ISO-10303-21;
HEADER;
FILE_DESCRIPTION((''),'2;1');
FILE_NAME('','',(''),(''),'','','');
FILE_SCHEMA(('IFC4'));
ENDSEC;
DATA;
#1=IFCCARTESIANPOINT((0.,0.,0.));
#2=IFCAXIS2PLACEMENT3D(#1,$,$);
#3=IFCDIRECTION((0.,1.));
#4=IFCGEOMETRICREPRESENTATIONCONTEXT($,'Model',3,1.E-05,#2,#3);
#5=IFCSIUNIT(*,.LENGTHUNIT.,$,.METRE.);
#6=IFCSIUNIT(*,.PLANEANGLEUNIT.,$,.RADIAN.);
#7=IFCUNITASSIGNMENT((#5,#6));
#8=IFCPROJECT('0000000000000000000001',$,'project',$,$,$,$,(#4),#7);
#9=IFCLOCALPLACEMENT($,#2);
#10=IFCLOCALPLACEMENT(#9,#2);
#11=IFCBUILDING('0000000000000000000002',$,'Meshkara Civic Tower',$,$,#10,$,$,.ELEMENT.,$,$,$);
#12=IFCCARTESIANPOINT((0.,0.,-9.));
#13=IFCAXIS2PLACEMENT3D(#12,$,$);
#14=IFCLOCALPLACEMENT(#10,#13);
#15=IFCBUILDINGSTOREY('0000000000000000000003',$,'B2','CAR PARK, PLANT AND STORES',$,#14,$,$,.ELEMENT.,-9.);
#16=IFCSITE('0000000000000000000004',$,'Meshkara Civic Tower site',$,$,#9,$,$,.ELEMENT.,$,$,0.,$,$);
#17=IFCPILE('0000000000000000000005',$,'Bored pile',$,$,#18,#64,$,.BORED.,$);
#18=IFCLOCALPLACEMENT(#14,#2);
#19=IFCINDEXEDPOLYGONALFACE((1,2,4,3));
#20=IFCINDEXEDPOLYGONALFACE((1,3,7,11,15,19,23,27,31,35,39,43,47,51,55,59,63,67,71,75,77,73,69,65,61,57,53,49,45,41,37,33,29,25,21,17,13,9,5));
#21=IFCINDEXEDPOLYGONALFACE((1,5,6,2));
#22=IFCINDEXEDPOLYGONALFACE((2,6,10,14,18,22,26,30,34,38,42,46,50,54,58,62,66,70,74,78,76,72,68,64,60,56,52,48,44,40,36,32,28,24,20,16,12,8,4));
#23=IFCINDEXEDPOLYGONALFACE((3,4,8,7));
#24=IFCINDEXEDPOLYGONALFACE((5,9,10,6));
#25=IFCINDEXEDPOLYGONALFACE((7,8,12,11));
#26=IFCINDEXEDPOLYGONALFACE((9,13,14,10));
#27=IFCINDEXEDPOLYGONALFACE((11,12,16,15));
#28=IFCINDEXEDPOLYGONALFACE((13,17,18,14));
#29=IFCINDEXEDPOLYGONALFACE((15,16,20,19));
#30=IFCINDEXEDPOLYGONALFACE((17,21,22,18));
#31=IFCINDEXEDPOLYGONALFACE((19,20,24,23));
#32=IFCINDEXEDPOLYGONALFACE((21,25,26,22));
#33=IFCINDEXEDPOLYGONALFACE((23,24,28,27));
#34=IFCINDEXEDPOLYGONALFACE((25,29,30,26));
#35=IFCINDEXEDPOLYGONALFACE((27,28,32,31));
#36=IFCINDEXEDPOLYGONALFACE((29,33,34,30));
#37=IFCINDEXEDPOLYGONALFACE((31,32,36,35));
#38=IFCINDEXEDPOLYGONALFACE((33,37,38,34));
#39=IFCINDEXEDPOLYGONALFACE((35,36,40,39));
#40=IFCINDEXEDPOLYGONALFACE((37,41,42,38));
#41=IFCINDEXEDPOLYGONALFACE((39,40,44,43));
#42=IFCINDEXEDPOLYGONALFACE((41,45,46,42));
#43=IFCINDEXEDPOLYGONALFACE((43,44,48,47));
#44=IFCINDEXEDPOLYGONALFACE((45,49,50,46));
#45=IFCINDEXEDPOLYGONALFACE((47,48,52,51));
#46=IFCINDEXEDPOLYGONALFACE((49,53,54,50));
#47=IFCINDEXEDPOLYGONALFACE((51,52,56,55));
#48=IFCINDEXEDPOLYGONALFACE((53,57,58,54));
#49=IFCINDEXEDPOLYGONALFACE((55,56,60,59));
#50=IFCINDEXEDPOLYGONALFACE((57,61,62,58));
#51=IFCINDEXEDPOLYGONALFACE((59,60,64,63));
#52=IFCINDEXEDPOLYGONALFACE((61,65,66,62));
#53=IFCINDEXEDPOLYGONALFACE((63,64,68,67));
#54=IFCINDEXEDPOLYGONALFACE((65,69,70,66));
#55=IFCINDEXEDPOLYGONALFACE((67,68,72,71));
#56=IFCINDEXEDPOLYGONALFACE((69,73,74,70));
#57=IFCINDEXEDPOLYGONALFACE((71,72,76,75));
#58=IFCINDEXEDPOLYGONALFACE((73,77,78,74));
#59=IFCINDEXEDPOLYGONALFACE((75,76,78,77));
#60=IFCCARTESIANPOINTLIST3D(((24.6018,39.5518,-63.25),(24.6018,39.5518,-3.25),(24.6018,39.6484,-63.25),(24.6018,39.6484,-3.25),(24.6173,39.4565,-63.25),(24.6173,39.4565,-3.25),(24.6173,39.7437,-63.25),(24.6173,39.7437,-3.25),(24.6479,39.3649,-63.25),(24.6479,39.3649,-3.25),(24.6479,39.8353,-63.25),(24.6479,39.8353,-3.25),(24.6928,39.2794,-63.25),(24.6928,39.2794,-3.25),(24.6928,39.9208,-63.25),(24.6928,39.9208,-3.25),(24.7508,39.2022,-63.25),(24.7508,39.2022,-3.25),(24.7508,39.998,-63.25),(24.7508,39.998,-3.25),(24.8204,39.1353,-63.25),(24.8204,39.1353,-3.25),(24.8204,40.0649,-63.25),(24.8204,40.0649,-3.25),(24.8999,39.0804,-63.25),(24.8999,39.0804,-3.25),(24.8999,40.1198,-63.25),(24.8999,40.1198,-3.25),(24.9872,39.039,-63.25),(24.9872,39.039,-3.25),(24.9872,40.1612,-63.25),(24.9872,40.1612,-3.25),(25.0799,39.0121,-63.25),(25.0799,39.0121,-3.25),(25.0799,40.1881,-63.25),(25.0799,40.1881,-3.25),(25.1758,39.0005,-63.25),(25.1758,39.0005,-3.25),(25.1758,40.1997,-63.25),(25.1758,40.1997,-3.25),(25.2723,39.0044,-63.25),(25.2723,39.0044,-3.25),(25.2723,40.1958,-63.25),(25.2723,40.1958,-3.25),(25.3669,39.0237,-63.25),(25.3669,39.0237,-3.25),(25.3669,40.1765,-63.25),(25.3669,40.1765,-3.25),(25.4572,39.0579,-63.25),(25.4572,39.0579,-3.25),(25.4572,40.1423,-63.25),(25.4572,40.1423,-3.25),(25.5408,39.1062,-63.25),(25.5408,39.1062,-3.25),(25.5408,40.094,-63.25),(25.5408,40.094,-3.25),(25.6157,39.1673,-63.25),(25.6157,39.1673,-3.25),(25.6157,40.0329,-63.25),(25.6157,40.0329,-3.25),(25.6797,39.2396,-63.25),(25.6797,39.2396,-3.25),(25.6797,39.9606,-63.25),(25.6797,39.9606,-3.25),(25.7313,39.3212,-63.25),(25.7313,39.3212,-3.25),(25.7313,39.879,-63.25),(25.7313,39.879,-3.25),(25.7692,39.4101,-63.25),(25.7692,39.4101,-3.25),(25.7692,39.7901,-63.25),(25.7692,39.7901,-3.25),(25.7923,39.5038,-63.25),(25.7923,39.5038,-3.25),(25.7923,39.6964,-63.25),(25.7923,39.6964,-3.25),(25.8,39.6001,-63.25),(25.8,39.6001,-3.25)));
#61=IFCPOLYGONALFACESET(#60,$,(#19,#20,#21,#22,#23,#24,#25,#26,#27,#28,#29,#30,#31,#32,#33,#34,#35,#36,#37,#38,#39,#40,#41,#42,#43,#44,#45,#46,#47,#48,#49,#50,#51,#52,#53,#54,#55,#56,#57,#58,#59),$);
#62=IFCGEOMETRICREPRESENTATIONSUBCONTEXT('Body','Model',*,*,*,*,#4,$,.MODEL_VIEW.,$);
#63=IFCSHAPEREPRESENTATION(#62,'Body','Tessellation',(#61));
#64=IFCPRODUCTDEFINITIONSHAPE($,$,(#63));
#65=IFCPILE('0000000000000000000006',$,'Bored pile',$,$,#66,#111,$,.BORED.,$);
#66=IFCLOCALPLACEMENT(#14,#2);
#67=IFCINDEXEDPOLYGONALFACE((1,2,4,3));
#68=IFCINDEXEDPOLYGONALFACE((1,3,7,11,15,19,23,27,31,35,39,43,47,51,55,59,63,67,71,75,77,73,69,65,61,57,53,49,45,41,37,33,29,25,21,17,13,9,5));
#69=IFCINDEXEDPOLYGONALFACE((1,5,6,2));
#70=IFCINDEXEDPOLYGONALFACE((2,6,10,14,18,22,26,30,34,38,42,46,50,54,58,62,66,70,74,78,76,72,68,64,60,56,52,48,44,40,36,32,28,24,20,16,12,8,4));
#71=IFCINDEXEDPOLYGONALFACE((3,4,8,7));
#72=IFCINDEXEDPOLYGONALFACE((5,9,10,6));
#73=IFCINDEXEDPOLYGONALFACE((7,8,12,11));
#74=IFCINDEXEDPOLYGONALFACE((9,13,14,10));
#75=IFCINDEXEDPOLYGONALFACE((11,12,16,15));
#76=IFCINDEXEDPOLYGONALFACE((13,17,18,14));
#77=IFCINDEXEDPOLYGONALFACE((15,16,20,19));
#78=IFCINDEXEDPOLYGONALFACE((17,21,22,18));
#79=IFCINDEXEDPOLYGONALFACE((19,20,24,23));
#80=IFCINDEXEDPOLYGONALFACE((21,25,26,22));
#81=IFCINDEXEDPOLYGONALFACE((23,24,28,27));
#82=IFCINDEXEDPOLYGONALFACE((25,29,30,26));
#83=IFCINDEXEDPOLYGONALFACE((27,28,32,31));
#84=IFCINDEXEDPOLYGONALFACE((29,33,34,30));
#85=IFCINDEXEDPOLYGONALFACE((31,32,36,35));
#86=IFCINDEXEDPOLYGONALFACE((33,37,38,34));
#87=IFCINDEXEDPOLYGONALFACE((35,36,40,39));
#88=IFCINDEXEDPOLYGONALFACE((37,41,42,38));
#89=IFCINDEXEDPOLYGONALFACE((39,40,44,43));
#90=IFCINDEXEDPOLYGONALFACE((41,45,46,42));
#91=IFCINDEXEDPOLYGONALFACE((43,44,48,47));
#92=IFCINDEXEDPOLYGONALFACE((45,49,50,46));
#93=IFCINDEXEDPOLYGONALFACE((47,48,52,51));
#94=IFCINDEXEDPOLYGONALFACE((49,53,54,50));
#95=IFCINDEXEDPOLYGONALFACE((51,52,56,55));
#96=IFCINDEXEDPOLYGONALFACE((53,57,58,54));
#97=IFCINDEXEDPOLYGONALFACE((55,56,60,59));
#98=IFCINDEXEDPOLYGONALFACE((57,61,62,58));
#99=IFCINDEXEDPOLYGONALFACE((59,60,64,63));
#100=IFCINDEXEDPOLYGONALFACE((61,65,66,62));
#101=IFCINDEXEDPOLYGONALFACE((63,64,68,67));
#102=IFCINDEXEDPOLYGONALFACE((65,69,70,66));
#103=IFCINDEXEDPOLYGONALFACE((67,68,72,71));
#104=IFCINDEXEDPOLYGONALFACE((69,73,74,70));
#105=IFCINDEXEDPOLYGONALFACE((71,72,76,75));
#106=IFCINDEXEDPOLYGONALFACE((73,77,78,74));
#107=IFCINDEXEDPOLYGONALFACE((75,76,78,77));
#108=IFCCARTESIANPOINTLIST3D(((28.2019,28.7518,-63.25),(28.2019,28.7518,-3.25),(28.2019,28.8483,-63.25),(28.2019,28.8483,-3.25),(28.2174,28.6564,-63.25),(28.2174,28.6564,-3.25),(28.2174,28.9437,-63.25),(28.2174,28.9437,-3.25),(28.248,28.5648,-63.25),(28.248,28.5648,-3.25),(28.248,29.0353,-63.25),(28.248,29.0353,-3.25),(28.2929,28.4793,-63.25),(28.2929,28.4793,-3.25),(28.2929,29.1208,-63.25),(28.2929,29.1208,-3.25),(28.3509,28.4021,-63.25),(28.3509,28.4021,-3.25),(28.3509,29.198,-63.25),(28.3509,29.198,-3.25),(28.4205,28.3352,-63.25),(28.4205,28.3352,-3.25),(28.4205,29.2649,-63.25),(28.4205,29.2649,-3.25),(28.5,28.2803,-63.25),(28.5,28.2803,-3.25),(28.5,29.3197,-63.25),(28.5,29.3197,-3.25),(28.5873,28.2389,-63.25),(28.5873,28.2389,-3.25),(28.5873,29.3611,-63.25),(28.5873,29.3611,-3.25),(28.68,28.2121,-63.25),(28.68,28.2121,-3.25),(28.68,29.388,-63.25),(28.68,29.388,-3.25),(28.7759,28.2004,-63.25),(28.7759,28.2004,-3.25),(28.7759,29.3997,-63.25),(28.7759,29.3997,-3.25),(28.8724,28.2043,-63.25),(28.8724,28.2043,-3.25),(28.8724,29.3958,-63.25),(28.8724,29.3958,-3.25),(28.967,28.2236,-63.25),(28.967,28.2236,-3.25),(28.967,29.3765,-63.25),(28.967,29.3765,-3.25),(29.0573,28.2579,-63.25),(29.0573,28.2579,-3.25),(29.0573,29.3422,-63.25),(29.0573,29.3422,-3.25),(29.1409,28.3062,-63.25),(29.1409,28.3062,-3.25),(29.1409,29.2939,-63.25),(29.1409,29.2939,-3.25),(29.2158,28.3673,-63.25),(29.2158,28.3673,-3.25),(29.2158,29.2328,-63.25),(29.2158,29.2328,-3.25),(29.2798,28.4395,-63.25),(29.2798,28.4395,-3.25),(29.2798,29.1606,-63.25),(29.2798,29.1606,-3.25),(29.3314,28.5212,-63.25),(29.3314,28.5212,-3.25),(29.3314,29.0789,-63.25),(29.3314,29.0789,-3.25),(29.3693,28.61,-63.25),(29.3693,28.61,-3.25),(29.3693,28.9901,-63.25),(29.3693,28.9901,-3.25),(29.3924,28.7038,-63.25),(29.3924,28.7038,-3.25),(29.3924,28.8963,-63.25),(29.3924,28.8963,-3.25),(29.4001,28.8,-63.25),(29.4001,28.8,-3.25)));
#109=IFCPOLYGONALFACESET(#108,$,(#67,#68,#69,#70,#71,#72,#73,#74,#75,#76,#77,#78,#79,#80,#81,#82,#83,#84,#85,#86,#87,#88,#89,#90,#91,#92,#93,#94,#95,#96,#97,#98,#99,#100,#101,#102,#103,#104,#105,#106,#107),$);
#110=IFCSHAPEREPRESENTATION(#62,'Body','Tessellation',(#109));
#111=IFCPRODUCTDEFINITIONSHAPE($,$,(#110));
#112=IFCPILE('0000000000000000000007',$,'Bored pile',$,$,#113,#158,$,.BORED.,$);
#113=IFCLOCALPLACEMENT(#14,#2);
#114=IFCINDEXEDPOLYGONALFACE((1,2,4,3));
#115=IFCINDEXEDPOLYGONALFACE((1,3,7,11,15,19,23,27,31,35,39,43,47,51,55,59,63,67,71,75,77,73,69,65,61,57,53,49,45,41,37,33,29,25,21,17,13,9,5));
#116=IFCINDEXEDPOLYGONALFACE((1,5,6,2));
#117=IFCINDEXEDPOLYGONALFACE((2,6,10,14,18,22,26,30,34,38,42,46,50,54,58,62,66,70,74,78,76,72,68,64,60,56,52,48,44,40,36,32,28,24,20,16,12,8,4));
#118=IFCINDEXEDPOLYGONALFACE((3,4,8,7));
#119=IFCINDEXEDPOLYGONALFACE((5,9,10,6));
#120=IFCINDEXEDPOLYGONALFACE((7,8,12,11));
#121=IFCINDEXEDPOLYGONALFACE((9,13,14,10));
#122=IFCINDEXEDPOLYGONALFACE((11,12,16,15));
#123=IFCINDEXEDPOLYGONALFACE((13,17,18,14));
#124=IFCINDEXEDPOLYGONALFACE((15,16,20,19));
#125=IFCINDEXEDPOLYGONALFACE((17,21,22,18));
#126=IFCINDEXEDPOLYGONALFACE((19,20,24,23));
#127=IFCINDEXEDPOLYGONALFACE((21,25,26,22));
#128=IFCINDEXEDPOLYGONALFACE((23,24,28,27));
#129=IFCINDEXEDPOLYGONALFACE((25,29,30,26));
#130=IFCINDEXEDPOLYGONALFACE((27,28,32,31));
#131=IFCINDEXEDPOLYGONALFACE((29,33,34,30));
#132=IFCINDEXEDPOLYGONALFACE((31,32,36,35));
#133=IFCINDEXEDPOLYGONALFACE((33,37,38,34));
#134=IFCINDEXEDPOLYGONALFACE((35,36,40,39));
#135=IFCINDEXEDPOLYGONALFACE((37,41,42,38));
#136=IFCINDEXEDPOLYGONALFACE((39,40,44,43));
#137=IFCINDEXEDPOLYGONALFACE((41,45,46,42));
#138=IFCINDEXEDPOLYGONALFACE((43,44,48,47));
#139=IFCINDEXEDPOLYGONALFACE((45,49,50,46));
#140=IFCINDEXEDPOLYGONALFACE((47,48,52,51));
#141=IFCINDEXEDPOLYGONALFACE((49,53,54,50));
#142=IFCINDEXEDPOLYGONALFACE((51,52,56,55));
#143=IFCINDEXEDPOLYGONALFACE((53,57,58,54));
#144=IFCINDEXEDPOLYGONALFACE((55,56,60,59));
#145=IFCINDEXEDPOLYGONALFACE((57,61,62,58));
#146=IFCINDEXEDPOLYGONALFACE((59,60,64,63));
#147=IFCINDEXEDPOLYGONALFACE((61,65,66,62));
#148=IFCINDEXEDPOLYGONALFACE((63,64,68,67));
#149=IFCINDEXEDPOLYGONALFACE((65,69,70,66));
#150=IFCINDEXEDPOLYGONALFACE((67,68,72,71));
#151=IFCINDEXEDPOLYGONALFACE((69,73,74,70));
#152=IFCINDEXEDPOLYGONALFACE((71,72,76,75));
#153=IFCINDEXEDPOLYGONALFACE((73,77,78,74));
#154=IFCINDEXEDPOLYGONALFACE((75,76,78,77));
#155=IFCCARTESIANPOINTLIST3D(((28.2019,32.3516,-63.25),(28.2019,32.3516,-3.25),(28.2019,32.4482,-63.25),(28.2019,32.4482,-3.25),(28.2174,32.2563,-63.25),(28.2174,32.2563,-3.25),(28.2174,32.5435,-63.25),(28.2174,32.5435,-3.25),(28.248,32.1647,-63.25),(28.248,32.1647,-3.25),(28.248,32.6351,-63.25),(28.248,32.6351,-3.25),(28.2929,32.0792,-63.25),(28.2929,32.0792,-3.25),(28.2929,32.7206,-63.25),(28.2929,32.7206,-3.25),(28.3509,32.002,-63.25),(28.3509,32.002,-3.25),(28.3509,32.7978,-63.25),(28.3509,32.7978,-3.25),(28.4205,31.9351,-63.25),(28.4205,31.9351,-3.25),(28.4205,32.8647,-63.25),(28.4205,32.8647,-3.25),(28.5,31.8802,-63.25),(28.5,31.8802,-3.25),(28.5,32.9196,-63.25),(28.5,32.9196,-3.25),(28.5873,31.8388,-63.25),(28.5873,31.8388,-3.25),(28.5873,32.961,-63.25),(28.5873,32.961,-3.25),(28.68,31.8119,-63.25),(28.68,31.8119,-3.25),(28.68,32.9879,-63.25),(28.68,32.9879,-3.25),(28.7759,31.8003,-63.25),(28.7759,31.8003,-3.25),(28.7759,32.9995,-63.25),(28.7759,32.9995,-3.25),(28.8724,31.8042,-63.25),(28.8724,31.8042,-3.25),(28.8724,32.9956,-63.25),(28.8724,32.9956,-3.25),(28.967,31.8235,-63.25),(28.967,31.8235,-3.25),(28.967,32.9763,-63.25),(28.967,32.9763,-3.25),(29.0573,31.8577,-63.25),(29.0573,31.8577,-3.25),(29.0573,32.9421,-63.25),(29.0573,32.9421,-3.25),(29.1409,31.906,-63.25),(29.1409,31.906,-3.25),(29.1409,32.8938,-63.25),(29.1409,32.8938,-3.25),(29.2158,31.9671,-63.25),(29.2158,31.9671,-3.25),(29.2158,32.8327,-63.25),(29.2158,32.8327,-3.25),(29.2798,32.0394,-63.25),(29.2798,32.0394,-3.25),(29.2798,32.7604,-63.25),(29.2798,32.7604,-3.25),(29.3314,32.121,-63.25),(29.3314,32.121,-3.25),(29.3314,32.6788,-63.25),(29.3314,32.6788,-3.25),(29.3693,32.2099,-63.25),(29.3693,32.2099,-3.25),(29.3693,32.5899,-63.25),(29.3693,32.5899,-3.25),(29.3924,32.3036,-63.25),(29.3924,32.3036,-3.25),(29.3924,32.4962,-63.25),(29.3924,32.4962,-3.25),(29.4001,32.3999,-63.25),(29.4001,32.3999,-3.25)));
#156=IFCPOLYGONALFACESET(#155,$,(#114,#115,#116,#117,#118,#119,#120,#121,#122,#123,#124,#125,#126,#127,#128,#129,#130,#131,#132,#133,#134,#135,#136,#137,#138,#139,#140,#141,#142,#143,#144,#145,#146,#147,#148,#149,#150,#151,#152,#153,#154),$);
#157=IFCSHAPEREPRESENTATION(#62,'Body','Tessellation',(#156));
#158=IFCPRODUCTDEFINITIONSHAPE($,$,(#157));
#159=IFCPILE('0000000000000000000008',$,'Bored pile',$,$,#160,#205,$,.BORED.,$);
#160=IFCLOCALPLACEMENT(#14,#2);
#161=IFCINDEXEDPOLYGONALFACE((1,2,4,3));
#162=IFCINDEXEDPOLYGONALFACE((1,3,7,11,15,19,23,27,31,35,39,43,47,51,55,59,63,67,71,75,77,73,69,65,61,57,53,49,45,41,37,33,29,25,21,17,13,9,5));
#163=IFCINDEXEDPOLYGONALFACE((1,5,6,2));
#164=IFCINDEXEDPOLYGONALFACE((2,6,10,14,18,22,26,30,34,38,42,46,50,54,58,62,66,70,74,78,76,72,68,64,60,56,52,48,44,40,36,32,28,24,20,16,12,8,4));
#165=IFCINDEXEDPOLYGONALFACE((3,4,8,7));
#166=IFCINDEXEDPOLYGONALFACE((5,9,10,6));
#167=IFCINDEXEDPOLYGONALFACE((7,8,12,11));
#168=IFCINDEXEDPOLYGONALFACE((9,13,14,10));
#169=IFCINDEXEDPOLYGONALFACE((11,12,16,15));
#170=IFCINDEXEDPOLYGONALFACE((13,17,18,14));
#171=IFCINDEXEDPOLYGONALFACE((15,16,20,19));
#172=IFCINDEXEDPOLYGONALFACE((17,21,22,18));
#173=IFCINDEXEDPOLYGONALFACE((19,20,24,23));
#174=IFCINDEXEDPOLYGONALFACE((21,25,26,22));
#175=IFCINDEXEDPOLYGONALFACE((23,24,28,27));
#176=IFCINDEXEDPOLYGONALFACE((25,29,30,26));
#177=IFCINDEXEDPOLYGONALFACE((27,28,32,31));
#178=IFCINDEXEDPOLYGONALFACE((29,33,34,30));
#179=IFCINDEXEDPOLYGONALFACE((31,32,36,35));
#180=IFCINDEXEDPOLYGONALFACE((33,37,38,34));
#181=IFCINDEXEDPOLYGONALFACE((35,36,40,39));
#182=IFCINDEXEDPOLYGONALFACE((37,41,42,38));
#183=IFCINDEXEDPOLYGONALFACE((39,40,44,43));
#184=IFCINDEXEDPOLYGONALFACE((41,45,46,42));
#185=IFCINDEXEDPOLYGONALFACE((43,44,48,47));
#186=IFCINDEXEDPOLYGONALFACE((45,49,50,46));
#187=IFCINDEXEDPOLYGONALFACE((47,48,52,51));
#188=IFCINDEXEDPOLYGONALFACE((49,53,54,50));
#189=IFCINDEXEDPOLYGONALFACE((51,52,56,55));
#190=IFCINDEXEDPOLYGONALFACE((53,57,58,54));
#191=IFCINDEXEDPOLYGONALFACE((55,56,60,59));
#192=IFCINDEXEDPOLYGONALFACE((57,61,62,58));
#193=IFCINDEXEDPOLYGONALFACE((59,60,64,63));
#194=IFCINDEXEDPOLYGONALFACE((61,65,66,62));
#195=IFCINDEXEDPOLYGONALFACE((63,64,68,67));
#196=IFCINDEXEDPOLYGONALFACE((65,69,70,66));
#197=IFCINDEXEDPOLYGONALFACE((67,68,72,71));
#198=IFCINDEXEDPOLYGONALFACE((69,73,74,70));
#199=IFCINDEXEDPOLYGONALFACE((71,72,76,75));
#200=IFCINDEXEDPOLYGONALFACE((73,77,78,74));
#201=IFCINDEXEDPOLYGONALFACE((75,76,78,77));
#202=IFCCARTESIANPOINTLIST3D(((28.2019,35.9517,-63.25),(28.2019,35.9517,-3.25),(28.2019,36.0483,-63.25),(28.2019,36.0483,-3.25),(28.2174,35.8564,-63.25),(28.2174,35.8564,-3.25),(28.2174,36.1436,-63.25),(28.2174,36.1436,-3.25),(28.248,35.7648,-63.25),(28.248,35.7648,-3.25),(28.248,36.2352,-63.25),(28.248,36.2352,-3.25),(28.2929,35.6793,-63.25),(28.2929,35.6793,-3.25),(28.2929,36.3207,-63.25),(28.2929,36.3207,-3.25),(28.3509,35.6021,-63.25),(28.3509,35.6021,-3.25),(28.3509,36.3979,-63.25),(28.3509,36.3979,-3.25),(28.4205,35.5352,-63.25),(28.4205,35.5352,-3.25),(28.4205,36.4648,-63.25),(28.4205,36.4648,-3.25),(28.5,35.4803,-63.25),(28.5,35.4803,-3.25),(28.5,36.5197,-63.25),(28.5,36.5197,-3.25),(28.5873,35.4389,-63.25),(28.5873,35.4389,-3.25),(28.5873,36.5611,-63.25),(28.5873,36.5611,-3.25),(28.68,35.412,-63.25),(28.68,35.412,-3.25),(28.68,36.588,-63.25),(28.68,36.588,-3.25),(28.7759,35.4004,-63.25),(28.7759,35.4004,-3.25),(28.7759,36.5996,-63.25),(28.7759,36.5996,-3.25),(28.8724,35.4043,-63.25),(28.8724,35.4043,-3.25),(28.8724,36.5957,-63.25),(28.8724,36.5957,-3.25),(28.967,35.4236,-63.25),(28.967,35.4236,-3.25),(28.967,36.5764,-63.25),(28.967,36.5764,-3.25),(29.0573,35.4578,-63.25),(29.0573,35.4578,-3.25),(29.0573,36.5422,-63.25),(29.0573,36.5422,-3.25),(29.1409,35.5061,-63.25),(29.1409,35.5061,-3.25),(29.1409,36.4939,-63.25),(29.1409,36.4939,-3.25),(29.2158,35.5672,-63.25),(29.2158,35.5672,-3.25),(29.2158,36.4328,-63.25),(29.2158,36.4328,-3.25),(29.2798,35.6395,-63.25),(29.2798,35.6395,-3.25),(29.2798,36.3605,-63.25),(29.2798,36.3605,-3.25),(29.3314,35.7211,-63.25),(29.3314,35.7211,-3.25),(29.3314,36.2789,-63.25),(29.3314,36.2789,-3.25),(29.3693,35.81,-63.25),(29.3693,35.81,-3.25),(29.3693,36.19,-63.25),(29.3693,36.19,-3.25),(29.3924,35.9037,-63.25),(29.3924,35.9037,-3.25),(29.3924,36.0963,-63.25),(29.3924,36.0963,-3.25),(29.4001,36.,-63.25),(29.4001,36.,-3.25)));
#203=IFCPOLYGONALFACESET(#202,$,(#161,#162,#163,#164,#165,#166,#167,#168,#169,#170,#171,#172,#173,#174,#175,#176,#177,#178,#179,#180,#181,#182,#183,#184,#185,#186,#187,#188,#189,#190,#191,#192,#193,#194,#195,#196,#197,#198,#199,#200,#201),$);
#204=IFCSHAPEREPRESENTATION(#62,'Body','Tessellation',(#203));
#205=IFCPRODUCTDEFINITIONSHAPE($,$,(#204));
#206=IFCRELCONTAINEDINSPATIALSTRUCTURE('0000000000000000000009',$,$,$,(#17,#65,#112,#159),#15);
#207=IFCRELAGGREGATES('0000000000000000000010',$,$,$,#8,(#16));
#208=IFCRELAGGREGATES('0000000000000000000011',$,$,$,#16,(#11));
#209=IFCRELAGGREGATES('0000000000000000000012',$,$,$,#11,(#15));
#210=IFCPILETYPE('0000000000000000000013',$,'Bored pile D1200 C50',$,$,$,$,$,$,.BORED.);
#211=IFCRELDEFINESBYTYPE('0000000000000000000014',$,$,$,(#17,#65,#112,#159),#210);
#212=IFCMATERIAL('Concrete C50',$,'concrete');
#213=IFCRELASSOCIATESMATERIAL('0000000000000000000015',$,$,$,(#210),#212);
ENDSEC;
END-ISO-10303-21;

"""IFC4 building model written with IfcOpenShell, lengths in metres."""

from ifc_helpers import new_model, si_unit, direction, frame, origin, origin_2d, place, context, subcontext, project, spatial, circle, extrude, material, material_profile, profile_set, type_object, element, save


model = new_model("IFC4")

# Units and contexts
model_context = context("Model", 3, precision=1e-05, world=origin(), true_north=direction((0.0, 1.0)))
body_context = subcontext(model_context, "Body", "Model", "MODEL_VIEW")
ifc_project = project(units=[si_unit("LENGTHUNIT", "METRE"), si_unit("PLANEANGLEUNIT", "RADIAN")], contexts=[model_context])

# Site, building, storey
site_placement = place(None, origin())
site = spatial("IfcSite", under=ifc_project, at=site_placement, Name="Meshkara Civic Tower site", CompositionType="ELEMENT", RefElevation=0.0)
building_placement = place(site_placement, origin())
building = spatial("IfcBuilding", under=site, at=building_placement, Name="Meshkara Civic Tower", CompositionType="ELEMENT")
storey_placement = place(building_placement, frame((0.0, 0.0, -9.0)))
storey = spatial("IfcBuildingStorey", under=building, at=storey_placement, Name="B2", Description="CAR PARK, PLANT AND STORES", CompositionType="ELEMENT", Elevation=-9.0)

# Piles
ifc_material_1 = material(Name="Concrete C50", Category="concrete")
ifc_material_profile_1 = material_profile(ifc_material_1, circle(Radius=0.6001, at=origin_2d()))
ifc_profile_set_1 = profile_set([ifc_material_profile_1], Name="Concrete C50")
pile_type = type_object("IfcPileType", Name="Bored pile D1200 C50", PredefinedType="BORED", material=ifc_profile_set_1)
for number, where, z_axis, x_axis, name in (
    (1, (25.2, 39.6001, -3.25), (0.0, 0.0, -1.0), (1.0, 0.0, 0.0), "Bored pile"),
    (2, (28.8, 28.8, -3.25), (0.0, 0.0, -1.0), (1.0, 0.0, 0.0), "Bored pile"),
    (3, (28.8, 32.3999, -3.25), (0.0, 0.0, -1.0), (1.0, 0.0, 0.0), "Bored pile"),
    (4, (28.8, 36.0, -3.25), (0.0, 0.0, -1.0), (1.0, 0.0, 0.0), "Bored pile"),
):
    element("IfcPile", number, at=place(storey_placement, frame(where, z_axis=z_axis, x_axis=x_axis)), inside=storey, type_object=pile_type, Name=name, PredefinedType="BORED", context=body_context, shape_type="SweptSolid", body=[
        extrude(circle(Radius=0.6001, at=origin_2d()), origin(), (0.0, 0.0, 1.0), 60.0),
    ])

save(model, "model.ifc")
